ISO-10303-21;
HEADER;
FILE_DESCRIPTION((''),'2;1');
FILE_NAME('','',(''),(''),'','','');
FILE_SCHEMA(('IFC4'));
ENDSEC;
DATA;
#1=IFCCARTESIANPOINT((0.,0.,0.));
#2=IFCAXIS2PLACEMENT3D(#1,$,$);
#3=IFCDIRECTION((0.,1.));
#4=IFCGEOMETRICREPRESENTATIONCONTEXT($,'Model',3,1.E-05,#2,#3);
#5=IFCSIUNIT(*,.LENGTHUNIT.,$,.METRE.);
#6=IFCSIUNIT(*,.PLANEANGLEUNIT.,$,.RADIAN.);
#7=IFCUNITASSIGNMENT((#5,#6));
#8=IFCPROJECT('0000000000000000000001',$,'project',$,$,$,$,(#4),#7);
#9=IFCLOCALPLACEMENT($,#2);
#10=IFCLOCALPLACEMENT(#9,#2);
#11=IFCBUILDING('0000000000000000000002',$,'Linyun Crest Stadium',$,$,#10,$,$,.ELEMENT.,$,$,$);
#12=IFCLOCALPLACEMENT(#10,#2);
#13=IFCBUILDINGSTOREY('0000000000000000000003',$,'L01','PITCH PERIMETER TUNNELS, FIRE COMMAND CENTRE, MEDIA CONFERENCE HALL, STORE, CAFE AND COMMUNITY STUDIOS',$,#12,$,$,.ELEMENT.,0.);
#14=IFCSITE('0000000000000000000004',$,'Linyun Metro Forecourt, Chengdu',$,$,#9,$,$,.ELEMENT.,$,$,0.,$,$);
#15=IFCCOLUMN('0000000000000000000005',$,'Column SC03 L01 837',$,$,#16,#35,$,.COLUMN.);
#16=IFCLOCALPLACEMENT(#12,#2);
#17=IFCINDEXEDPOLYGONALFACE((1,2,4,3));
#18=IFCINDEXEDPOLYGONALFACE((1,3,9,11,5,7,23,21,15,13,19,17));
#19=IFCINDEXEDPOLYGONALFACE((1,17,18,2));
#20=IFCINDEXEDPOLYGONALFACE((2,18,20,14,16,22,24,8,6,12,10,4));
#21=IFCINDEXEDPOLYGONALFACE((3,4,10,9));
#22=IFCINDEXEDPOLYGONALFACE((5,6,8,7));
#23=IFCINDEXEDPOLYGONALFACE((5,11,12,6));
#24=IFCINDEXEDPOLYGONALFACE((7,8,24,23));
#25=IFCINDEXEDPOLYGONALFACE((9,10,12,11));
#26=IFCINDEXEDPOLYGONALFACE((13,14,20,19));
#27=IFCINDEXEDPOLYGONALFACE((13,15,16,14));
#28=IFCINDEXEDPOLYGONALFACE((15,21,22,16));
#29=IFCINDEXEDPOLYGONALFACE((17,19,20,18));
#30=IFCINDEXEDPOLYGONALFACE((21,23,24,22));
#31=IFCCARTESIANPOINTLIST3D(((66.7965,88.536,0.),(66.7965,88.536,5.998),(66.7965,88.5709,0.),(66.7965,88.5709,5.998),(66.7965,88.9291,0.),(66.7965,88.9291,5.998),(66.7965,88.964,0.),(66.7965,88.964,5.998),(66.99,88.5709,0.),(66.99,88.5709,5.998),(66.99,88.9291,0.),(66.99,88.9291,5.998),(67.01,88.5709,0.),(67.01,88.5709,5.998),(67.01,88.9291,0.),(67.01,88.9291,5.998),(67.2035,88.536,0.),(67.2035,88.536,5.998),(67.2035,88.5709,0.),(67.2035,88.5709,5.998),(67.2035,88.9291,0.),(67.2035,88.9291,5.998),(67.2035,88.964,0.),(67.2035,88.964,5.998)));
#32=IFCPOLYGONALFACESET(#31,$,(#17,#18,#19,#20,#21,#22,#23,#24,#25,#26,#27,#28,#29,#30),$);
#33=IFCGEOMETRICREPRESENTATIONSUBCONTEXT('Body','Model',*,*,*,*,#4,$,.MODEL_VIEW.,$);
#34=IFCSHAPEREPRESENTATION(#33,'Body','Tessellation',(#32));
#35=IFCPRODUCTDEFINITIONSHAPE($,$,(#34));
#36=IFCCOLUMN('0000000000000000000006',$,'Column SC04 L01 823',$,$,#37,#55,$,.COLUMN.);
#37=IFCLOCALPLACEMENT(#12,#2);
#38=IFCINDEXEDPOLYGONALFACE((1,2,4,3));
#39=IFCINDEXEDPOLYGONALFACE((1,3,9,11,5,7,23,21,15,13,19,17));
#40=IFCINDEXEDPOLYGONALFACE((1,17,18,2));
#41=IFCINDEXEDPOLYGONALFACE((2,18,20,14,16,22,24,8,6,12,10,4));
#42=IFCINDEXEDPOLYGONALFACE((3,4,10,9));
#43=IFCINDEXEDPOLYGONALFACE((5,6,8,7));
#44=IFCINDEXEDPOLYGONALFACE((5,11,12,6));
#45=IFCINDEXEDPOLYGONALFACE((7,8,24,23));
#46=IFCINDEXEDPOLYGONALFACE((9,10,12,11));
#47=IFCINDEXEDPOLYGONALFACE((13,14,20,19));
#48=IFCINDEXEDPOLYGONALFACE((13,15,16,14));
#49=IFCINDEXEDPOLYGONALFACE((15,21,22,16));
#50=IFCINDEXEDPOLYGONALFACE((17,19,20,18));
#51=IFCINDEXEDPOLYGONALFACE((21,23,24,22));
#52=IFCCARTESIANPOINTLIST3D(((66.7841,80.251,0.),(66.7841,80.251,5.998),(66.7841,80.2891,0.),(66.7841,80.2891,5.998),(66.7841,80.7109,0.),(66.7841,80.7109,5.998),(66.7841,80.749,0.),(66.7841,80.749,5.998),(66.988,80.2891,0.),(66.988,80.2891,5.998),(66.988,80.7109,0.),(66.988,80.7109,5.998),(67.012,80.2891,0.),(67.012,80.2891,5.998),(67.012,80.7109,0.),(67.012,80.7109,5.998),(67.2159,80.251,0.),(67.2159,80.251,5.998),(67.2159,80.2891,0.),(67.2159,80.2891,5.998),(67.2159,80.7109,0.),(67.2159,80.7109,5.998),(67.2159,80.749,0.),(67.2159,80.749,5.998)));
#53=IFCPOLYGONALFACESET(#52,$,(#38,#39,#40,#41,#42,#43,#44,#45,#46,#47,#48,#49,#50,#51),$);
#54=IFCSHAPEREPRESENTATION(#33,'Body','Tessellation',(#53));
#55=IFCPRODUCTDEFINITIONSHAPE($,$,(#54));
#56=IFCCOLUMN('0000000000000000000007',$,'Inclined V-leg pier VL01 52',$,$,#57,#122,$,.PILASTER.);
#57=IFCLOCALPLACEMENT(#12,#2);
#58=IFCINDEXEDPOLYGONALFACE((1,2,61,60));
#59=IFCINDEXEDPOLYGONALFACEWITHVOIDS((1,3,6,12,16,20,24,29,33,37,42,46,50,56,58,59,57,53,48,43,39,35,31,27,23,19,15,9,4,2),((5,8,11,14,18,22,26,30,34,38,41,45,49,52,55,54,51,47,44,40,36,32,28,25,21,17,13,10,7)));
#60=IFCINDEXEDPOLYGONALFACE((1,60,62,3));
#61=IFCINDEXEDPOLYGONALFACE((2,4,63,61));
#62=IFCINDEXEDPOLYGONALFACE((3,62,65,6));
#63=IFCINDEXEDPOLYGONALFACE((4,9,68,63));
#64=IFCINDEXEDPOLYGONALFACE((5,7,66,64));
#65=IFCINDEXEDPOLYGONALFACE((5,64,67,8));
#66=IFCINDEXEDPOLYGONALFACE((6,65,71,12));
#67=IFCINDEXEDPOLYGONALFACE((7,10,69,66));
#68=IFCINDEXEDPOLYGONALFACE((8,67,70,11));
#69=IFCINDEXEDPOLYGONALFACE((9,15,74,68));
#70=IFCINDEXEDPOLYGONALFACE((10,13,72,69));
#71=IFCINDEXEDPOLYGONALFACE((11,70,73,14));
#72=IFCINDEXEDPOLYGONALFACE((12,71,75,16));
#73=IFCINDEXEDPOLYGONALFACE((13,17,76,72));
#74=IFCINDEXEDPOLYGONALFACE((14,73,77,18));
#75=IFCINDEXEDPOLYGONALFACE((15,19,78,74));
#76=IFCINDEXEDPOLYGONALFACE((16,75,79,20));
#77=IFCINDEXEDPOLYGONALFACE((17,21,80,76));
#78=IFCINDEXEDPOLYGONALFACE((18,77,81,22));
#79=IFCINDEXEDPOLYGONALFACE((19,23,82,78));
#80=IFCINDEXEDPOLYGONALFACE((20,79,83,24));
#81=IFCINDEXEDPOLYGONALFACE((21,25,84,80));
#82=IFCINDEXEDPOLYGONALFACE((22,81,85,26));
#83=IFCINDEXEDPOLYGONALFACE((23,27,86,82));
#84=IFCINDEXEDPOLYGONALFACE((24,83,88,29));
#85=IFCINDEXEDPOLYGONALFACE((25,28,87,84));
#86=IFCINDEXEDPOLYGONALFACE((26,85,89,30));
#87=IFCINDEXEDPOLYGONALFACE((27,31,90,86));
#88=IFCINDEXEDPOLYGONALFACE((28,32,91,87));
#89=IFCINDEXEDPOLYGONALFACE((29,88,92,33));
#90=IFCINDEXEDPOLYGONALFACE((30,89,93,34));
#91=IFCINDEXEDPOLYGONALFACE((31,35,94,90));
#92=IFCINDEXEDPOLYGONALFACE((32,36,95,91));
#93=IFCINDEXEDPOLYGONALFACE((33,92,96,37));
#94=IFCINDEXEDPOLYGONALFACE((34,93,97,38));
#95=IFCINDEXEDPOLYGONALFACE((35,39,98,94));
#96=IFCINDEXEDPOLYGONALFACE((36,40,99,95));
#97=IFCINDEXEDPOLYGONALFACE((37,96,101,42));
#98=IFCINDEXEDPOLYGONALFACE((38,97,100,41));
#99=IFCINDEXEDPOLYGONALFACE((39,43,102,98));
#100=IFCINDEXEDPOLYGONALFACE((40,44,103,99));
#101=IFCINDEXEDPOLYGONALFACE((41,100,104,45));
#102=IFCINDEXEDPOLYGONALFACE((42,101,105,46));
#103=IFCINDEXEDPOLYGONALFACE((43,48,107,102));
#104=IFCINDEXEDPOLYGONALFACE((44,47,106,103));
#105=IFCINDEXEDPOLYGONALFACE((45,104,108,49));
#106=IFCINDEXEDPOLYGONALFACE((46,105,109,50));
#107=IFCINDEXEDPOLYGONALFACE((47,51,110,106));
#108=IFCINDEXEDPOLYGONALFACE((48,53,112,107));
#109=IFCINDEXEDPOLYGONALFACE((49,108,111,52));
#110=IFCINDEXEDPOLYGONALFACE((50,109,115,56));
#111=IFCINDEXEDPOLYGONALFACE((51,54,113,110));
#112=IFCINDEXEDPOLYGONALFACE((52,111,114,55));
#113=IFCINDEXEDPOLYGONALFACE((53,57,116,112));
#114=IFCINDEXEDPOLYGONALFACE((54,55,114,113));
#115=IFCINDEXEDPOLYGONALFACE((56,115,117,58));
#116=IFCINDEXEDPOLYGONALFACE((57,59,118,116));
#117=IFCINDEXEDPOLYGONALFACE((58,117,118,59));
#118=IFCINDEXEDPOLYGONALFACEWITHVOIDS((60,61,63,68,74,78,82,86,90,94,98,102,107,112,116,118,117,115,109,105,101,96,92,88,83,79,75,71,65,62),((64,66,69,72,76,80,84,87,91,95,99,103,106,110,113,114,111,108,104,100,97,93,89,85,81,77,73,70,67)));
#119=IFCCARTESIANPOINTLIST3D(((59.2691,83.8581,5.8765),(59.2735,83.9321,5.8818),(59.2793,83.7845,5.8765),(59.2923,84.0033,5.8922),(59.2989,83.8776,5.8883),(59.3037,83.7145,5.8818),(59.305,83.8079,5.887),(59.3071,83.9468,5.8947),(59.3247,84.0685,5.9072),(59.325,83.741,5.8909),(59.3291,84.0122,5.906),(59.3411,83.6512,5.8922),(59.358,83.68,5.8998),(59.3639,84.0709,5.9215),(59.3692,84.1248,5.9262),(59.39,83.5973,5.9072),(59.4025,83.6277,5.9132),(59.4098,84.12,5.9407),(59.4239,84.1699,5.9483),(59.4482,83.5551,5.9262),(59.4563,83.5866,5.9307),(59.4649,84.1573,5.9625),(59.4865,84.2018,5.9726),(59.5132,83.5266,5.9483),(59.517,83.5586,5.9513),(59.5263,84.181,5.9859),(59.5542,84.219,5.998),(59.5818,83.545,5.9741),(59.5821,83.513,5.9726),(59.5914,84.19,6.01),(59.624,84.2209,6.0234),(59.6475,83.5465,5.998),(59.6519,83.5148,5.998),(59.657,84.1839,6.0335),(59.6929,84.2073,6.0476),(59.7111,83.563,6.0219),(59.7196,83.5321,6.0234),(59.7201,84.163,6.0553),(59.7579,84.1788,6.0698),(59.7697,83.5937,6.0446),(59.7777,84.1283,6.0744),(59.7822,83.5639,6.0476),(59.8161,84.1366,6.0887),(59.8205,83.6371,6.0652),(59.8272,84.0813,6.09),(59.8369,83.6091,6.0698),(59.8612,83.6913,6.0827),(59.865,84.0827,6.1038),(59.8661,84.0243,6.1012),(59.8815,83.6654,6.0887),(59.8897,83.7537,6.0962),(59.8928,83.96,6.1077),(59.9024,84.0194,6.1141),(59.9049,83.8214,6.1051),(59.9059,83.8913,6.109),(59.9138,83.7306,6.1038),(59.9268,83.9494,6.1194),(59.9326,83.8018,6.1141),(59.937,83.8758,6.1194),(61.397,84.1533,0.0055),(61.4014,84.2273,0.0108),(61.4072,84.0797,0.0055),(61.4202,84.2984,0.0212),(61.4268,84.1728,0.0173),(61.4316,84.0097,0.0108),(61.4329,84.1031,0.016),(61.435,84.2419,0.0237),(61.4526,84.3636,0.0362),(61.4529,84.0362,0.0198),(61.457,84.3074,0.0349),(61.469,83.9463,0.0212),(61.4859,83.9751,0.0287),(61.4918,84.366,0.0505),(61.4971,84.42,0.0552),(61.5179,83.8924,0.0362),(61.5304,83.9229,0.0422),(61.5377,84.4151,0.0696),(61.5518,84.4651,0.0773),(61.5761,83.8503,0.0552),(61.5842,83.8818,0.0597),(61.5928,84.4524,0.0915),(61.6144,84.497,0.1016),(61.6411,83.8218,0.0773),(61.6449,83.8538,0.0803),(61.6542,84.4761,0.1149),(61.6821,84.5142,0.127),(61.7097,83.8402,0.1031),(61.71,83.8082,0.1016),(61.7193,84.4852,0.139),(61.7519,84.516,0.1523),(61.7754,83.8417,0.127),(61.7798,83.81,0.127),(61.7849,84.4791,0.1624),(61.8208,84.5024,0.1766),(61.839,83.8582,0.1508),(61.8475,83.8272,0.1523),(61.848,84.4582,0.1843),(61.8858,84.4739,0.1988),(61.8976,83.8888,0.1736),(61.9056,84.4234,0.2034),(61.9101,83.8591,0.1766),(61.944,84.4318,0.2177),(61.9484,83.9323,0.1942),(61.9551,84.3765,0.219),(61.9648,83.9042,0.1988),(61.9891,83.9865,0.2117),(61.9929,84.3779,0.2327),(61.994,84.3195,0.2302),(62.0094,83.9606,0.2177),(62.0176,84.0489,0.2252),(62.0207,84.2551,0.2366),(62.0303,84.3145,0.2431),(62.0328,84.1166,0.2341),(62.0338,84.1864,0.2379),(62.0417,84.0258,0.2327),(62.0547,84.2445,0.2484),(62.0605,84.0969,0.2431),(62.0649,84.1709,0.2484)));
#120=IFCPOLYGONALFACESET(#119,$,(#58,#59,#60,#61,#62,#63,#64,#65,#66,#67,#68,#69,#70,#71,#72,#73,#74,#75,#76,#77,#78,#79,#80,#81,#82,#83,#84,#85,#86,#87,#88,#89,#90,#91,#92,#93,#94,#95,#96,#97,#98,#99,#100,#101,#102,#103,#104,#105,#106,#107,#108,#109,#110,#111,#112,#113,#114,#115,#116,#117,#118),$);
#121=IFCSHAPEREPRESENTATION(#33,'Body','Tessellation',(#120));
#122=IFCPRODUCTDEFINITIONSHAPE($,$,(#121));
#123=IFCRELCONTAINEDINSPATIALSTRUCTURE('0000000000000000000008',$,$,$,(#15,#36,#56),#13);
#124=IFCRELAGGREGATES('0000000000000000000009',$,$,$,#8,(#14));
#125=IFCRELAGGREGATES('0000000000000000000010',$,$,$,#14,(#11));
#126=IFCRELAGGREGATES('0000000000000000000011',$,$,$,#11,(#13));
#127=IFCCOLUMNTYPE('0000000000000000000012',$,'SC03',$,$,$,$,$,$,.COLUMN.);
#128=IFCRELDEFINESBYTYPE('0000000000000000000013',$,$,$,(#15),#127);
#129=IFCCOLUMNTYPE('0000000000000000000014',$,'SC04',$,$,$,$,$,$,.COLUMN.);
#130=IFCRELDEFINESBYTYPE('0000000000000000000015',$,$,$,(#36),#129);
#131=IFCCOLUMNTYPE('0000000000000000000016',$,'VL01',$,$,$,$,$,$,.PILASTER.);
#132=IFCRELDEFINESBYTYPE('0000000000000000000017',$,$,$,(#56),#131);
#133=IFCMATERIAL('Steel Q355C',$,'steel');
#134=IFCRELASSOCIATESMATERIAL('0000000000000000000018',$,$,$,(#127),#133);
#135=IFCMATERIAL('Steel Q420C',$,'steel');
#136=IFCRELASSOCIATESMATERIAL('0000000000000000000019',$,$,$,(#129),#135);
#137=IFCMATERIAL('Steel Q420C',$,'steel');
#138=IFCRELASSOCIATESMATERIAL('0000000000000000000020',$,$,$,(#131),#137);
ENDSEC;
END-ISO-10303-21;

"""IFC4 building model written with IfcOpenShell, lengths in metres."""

from ifc_helpers import new_model, si_unit, direction, frame, origin, origin_2d, place, context, subcontext, project, spatial, hollow_circle, i_section, extrude, material, material_profile, profile_set, type_object, element, save


model = new_model("IFC4")

# Units and contexts
model_context = context("Model", 3, precision=1e-05, world=origin(), true_north=direction((0.0, 1.0)))
body_context = subcontext(model_context, "Body", "Model", "MODEL_VIEW")
ifc_project = project(units=[si_unit("LENGTHUNIT", "METRE"), si_unit("PLANEANGLEUNIT", "RADIAN")], contexts=[model_context])

# Site, building, storey
site_placement = place(None, origin())
site = spatial("IfcSite", under=ifc_project, at=site_placement, Name="Linyun Metro Forecourt, Chengdu", CompositionType="ELEMENT", RefElevation=0.0)
building_placement = place(site_placement, origin())
building = spatial("IfcBuilding", under=site, at=building_placement, Name="Linyun Crest Stadium", CompositionType="ELEMENT")
storey_placement = place(building_placement, origin())
storey = spatial("IfcBuildingStorey", under=building, at=storey_placement, Name="L01", Description="PITCH PERIMETER TUNNELS, FIRE COMMAND CENTRE, MEDIA CONFERENCE HALL, STORE, CAFE AND COMMUNITY STUDIOS", CompositionType="ELEMENT", Elevation=0.0)

# Columns
ifc_material_1 = material(Name="Steel Q355C", Category="steel")
ifc_material_profile_1 = material_profile(ifc_material_1, i_section(OverallWidth=0.407, OverallDepth=0.428, WebThickness=0.02, FlangeThickness=0.0349, at=origin_2d()), Name="HW 428x407")
ifc_profile_set_1 = profile_set([ifc_material_profile_1], Name="Steel Q355C")
column_type_1 = type_object("IfcColumnType", Name="SC03", PredefinedType="COLUMN", material=ifc_profile_set_1)
column_1_placement = place(storey_placement, frame((67.0, 88.75, 0.0), z_axis=(0.0, 0.0, 1.0), x_axis=(1.0, 0.0, 0.0)))
element("IfcColumn", 1, at=column_1_placement, inside=storey, type_object=column_type_1, Name="Column SC03 L01 837", PredefinedType="COLUMN", context=body_context, shape_type="SweptSolid", body=[
    extrude(i_section(OverallWidth=0.407, OverallDepth=0.428, WebThickness=0.02, FlangeThickness=0.0349, at=origin_2d()), origin(), (0.0, 0.0, 1.0), 5.998),
])
ifc_material_2 = material(Name="Steel Q420C", Category="steel")
ifc_material_profile_2 = material_profile(ifc_material_2, i_section(OverallWidth=0.4319, OverallDepth=0.498, WebThickness=0.0239, FlangeThickness=0.0381, at=origin_2d()), Name="HW 498x432")
ifc_profile_set_2 = profile_set([ifc_material_profile_2], Name="Steel Q420C")
column_type_2 = type_object("IfcColumnType", Name="SC04", PredefinedType="COLUMN", material=ifc_profile_set_2)
column_2_placement = place(storey_placement, frame((67.0, 80.5, 0.0), z_axis=(0.0, 0.0, 1.0), x_axis=(1.0, 0.0, 0.0)))
element("IfcColumn", 2, at=column_2_placement, inside=storey, type_object=column_type_2, Name="Column SC04 L01 823", PredefinedType="COLUMN", context=body_context, shape_type="SweptSolid", body=[
    extrude(i_section(OverallWidth=0.4319, OverallDepth=0.498, WebThickness=0.0239, FlangeThickness=0.0381, at=origin_2d()), origin(), (0.0, 0.0, 1.0), 5.998),
])
ifc_material_3 = material(Name="Steel Q420C", Category="steel")
ifc_material_profile_3 = material_profile(ifc_material_3, hollow_circle(Radius=0.3555, WallThickness=0.032, at=origin_2d()), Name="CHS 711x32")
ifc_profile_set_3 = profile_set([ifc_material_profile_3], Name="Steel Q420C")
column_type_3 = type_object("IfcColumnType", Name="VL01", PredefinedType="PILASTER", material=ifc_profile_set_3)
column_3_placement = place(storey_placement, frame((61.731, 84.1621, 0.127), z_axis=(-0.340371, -0.047213, 0.939105), x_axis=(0.137395, -0.990516, 0.0)))
element("IfcColumn", 3, at=column_3_placement, inside=storey, type_object=column_type_3, Name="Inclined V-leg pier VL01 52", PredefinedType="PILASTER", context=body_context, shape_type="SweptSolid", body=[
    extrude(hollow_circle(Radius=0.3555, WallThickness=0.032, at=origin_2d()), origin(), (0.0, 0.0, 1.0), 6.2517),
])

save(model, "model.ifc")
